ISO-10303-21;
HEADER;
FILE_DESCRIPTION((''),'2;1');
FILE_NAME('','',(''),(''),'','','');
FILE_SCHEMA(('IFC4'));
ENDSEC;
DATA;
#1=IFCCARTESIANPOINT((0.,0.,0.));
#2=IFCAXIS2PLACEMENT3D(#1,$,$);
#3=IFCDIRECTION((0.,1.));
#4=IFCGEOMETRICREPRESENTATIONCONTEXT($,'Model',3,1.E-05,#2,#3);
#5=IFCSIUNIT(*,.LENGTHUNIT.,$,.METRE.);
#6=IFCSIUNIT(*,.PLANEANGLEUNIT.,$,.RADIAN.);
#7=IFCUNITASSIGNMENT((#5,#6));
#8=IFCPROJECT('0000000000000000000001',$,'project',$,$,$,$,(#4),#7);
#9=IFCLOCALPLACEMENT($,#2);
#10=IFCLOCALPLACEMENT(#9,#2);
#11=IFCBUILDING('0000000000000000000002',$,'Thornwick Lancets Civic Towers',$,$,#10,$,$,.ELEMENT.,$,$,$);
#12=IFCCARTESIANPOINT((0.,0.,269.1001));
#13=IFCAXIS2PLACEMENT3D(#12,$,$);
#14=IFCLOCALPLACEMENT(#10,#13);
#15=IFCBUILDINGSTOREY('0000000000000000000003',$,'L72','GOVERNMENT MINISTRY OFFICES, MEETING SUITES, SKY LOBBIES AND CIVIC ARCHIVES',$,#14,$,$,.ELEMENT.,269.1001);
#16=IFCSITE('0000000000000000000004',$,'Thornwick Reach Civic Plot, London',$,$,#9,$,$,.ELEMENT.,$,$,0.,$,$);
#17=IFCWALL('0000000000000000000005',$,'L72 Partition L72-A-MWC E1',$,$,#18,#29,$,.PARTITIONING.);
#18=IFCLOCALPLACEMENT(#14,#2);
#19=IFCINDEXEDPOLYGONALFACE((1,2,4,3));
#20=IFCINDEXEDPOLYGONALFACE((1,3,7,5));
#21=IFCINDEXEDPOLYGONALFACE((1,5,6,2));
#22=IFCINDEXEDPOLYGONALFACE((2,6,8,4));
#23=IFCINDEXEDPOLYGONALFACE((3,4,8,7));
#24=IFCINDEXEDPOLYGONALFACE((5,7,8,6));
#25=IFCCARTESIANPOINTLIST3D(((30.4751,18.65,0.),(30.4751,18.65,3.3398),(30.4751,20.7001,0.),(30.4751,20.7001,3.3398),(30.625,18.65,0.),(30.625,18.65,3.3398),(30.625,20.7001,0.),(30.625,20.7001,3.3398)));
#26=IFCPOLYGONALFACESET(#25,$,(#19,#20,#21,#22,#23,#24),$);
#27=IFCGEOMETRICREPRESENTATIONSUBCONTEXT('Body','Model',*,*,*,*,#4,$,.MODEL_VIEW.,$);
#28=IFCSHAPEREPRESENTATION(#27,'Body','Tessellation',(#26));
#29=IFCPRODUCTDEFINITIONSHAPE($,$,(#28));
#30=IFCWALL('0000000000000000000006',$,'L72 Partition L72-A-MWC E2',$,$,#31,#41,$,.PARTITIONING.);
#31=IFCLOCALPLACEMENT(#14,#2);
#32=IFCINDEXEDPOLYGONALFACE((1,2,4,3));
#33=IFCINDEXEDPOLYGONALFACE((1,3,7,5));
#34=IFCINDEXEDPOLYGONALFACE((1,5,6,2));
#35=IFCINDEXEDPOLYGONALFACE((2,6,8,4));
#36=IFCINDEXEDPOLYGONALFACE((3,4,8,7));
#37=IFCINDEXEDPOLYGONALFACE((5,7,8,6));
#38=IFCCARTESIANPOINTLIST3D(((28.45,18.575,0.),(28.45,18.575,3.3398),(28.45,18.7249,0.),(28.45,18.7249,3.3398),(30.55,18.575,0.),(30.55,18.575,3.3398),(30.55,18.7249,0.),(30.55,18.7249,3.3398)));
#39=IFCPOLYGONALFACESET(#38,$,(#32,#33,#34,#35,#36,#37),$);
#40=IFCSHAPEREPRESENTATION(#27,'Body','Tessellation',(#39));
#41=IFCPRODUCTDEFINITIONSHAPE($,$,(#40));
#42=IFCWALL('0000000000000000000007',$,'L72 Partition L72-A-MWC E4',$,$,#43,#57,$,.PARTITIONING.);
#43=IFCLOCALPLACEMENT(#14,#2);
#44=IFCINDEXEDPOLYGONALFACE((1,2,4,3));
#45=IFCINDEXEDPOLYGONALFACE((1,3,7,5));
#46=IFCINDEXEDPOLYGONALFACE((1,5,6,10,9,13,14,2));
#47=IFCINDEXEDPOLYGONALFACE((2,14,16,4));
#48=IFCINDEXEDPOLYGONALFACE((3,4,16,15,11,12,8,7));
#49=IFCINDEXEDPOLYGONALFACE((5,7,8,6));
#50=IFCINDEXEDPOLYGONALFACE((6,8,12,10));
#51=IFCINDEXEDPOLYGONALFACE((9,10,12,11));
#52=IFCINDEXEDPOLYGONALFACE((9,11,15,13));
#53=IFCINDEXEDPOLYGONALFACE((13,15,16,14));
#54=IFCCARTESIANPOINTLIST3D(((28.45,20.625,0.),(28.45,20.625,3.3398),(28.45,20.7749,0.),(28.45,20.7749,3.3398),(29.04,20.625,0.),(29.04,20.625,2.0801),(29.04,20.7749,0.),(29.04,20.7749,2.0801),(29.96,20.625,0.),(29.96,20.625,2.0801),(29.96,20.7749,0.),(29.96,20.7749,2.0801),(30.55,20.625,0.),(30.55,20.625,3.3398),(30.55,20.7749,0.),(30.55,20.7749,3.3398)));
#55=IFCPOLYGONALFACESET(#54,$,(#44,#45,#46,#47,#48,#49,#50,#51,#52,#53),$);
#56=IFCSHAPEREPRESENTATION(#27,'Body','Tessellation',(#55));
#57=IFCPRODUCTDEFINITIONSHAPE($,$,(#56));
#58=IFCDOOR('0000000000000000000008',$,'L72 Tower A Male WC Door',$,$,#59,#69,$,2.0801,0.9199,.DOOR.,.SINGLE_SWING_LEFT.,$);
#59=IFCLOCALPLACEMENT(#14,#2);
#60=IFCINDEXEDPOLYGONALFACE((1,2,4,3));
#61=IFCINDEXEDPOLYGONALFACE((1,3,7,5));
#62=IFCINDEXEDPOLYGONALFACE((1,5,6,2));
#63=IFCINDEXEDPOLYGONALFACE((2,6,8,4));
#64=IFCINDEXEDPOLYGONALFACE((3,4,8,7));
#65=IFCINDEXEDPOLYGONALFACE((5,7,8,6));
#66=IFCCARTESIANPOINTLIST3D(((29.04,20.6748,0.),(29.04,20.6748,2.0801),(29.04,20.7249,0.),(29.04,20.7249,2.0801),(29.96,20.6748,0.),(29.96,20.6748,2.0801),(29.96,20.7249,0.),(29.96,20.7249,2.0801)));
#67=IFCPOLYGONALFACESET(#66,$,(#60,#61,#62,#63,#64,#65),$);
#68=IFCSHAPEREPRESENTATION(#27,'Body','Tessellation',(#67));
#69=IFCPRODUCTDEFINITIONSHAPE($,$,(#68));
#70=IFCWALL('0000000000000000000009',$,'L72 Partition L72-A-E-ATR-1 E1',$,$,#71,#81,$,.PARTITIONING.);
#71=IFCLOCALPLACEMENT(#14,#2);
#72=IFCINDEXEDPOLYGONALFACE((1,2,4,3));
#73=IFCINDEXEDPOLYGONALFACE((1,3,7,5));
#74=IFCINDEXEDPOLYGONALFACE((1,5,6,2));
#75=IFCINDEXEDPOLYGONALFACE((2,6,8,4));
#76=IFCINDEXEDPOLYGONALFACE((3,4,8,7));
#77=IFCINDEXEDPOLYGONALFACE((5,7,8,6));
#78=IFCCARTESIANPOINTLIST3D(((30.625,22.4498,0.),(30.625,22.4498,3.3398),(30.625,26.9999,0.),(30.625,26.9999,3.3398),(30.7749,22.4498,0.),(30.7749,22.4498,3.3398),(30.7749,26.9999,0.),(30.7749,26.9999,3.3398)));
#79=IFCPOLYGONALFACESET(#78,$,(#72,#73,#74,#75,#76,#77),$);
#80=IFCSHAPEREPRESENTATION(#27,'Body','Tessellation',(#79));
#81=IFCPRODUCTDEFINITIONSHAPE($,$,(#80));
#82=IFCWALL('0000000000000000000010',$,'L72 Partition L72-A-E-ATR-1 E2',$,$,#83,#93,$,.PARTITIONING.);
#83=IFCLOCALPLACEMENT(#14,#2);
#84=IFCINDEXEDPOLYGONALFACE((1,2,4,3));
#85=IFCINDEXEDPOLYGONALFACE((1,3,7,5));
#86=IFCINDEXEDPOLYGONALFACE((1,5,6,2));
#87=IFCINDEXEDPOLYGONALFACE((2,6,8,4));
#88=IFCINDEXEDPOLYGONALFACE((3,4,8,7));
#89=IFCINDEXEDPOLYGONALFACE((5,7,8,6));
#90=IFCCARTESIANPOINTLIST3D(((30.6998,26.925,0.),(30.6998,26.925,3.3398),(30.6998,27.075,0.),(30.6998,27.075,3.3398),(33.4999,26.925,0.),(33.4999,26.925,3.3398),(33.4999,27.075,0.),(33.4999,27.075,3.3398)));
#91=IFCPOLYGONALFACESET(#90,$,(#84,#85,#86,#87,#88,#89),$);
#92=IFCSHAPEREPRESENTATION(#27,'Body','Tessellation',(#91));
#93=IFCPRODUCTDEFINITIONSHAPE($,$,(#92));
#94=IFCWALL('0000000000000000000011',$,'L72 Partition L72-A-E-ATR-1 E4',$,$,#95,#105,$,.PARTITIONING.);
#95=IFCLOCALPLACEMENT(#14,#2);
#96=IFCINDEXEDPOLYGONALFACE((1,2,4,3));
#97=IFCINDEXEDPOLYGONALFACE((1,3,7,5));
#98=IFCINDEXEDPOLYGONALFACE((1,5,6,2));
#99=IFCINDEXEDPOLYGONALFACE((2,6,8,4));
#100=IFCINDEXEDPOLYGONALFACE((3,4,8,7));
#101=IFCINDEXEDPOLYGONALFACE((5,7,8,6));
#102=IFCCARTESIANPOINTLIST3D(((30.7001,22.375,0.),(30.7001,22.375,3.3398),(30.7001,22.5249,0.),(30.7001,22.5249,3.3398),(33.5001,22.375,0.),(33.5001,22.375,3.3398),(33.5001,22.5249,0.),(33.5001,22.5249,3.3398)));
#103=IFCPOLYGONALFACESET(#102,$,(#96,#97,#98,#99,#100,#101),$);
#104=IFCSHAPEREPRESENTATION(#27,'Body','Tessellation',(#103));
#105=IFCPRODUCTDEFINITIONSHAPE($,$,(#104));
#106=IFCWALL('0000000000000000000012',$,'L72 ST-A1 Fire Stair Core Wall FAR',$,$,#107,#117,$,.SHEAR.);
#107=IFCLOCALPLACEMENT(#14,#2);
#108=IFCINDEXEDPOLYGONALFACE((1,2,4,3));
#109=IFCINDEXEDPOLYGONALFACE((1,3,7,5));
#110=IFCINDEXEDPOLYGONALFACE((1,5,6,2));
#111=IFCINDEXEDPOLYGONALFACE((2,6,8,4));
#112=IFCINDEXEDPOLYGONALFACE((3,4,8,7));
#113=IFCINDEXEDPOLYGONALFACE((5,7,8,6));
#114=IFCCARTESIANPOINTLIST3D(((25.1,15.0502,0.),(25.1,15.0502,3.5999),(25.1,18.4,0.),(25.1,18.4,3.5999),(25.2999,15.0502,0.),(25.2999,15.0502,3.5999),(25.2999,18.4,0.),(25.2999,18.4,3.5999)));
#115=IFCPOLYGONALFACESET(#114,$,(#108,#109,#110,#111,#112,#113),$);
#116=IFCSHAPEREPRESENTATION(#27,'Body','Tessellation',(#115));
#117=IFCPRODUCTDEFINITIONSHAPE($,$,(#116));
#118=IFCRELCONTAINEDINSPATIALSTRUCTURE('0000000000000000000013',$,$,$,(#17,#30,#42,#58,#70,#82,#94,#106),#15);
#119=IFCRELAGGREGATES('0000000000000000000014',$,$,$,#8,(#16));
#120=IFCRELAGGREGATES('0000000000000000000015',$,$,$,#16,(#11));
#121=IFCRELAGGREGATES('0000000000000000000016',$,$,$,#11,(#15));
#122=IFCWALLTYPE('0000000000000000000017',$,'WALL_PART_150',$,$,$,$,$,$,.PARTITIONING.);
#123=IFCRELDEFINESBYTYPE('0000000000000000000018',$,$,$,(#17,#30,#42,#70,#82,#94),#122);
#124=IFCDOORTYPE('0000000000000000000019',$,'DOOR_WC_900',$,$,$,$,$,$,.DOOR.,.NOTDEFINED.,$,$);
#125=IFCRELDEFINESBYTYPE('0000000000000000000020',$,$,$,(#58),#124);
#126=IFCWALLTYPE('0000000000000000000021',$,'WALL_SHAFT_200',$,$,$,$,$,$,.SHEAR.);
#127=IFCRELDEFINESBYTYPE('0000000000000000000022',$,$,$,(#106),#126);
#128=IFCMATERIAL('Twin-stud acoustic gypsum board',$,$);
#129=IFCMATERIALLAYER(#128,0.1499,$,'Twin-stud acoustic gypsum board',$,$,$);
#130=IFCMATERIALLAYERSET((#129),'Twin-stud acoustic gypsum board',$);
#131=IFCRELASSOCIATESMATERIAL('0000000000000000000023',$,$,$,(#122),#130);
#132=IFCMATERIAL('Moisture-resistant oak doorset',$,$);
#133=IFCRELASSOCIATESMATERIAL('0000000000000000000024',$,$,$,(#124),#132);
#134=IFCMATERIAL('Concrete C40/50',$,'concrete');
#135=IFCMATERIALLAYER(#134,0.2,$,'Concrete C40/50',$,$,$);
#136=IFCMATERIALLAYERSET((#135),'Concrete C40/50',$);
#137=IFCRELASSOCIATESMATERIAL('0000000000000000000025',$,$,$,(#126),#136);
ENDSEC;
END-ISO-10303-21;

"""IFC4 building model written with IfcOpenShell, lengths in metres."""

from ifc_helpers import new_model, si_unit, direction, frame, frame_2d, origin, place, context, subcontext, project, spatial, rectangle, extrude, material, layer, layer_set, type_object, element, fill, save


model = new_model("IFC4")

# Units and contexts
model_context = context("Model", 3, precision=1e-05, world=origin(), true_north=direction((0.0, 1.0)))
body_context = subcontext(model_context, "Body", "Model", "MODEL_VIEW")
ifc_project = project(units=[si_unit("LENGTHUNIT", "METRE"), si_unit("PLANEANGLEUNIT", "RADIAN")], contexts=[model_context])

# Site, building, storey
site_placement = place(None, origin())
site = spatial("IfcSite", under=ifc_project, at=site_placement, Name="Thornwick Reach Civic Plot, London", CompositionType="ELEMENT", RefElevation=0.0)
building_placement = place(site_placement, origin())
building = spatial("IfcBuilding", under=site, at=building_placement, Name="Thornwick Lancets Civic Towers", CompositionType="ELEMENT")
storey_placement = place(building_placement, frame((0.0, 0.0, 269.1001)))
storey = spatial("IfcBuildingStorey", under=building, at=storey_placement, Name="L72", Description="GOVERNMENT MINISTRY OFFICES, MEETING SUITES, SKY LOBBIES AND CIVIC ARCHIVES", CompositionType="ELEMENT", Elevation=269.1001)

# Walls
ifc_material_1 = material(Name="Twin-stud acoustic gypsum board")
ifc_layer_1 = layer(ifc_material_1, 0.1499, Name="Twin-stud acoustic gypsum board")
ifc_layer_set_1 = layer_set([ifc_layer_1], Name="Twin-stud acoustic gypsum board")
wall_type_1 = type_object("IfcWallType", Name="WALL_PART_150", PredefinedType="PARTITIONING", material=ifc_layer_set_1)
wall_1_placement = place(storey_placement, frame((30.55, 20.7, 0.0), z_axis=(0.0, 0.0, 1.0), x_axis=(0.0, -1.0, 0.0)))
element("IfcWall", 1, at=wall_1_placement, inside=storey, type_object=wall_type_1, Name="L72 Partition L72-A-MWC E1", PredefinedType="PARTITIONING", context=body_context, shape_type="SweptSolid", body=[
    extrude(rectangle(XDim=2.05, YDim=0.1499, at=frame_2d((1.0249, 0.0))), origin(), (0.0, 0.0, 1.0), 3.3398),
])
wall_2_placement = place(storey_placement, frame((30.55, 18.6499, 0.0), z_axis=(0.0, 0.0, 1.0), x_axis=(-1.0, 0.0, 0.0)))
element("IfcWall", 2, at=wall_2_placement, inside=storey, type_object=wall_type_1, Name="L72 Partition L72-A-MWC E2", PredefinedType="PARTITIONING", context=body_context, shape_type="SweptSolid", body=[
    extrude(rectangle(XDim=2.1001, YDim=0.1499, at=frame_2d((1.05, 0.0))), origin(), (0.0, 0.0, 1.0), 3.3398),
])

# Wall, opening, door
wall_3_placement = place(storey_placement, frame((28.45, 20.7, 0.0), z_axis=(0.0, 0.0, 1.0), x_axis=(1.0, 0.0, 0.0)))
wall_3 = element("IfcWall", 3, at=wall_3_placement, inside=storey, type_object=wall_type_1, Name="L72 Partition L72-A-MWC E4", PredefinedType="PARTITIONING", context=body_context, shape_type="SweptSolid", body=[
    extrude(rectangle(XDim=2.1001, YDim=0.1499, at=frame_2d((1.05, 0.0))), origin(), (0.0, 0.0, 1.0), 3.3398),
])
opening_1_placement = place(wall_3_placement, frame((0.5901, 0.0, 0.0)))
opening_1 = element("IfcOpeningElement", 4, at=opening_1_placement, cuts=wall_3, PredefinedType="OPENING", context=body_context, shape_type="SweptSolid", body=[
    extrude(rectangle(XDim=0.9199, YDim=2.0801, at=frame_2d((0.46, 1.04))), frame((0.0, 0.085, 0.0), z_axis=(0.0, -1.0, 0.0), x_axis=(1.0, 0.0, 0.0)), (0.0, 0.0, 1.0), 0.1699),
])
ifc_material_2 = material(Name="Moisture-resistant oak doorset")
door_type_1 = type_object("IfcDoorType", Name="DOOR_WC_900", OperationType="NOTDEFINED", PredefinedType="DOOR", material=ifc_material_2)
door_1_placement = place(opening_1_placement, origin())
door_1 = element("IfcDoor", 5, at=door_1_placement, inside=storey, type_object=door_type_1, Name="L72 Tower A Male WC Door", OperationType="SINGLE_SWING_LEFT", OverallHeight=2.0801, OverallWidth=0.9199, PredefinedType="DOOR", context=body_context, shape_type="SweptSolid", body=[
    extrude(rectangle(XDim=0.9199, YDim=2.0801, at=frame_2d((0.46, 1.04))), frame((0.0, 0.0249, 0.0), z_axis=(0.0, -1.0, 0.0), x_axis=(1.0, 0.0, 0.0)), (0.0, 0.0, 1.0), 0.05),
])
fill(opening_1, door_1)

# Walls
wall_4_placement = place(storey_placement, frame((30.7, 22.45, 0.0), z_axis=(0.0, 0.0, 1.0), x_axis=(0.0, 1.0, 0.0)))
element("IfcWall", 6, at=wall_4_placement, inside=storey, type_object=wall_type_1, Name="L72 Partition L72-A-E-ATR-1 E1", PredefinedType="PARTITIONING", context=body_context, shape_type="SweptSolid", body=[
    extrude(rectangle(XDim=4.55, YDim=0.1499, at=frame_2d((2.2749, 0.0))), origin(), (0.0, 0.0, 1.0), 3.3398),
])
for number, where, z_axis, x_axis, name in (
    (7, (30.7, 27.0, 0.0), (0.0, 0.0, 1.0), (1.0, 0.0, 0.0), "L72 Partition L72-A-E-ATR-1 E2"),
    (8, (33.5, 22.45, 0.0), (0.0, 0.0, 1.0), (-1.0, 0.0, 0.0), "L72 Partition L72-A-E-ATR-1 E4"),
):
    element("IfcWall", number, at=place(storey_placement, frame(where, z_axis=z_axis, x_axis=x_axis)), inside=storey, type_object=wall_type_1, Name=name, PredefinedType="PARTITIONING", context=body_context, shape_type="SweptSolid", body=[
        extrude(rectangle(XDim=2.8, YDim=0.1499, at=frame_2d((1.3999, 0.0))), origin(), (0.0, 0.0, 1.0), 3.3398),
    ])
ifc_material_3 = material(Name="Concrete C40/50", Category="concrete")
ifc_layer_2 = layer(ifc_material_3, 0.2, Name="Concrete C40/50")
ifc_layer_set_2 = layer_set([ifc_layer_2], Name="Concrete C40/50")
wall_type_2 = type_object("IfcWallType", Name="WALL_SHAFT_200", PredefinedType="SHEAR", material=ifc_layer_set_2)
wall_5_placement = place(storey_placement, frame((25.2, 18.3999, 0.0), z_axis=(0.0, 0.0, 1.0), x_axis=(0.0, -1.0, 0.0)))
element("IfcWall", 9, at=wall_5_placement, inside=storey, type_object=wall_type_2, Name="L72 ST-A1 Fire Stair Core Wall FAR", PredefinedType="SHEAR", context=body_context, shape_type="SweptSolid", body=[
    extrude(rectangle(XDim=3.3499, YDim=0.2, at=frame_2d((1.6748, 0.0))), origin(), (0.0, 0.0, 1.0), 3.5999),
])

save(model, "model.ifc")
